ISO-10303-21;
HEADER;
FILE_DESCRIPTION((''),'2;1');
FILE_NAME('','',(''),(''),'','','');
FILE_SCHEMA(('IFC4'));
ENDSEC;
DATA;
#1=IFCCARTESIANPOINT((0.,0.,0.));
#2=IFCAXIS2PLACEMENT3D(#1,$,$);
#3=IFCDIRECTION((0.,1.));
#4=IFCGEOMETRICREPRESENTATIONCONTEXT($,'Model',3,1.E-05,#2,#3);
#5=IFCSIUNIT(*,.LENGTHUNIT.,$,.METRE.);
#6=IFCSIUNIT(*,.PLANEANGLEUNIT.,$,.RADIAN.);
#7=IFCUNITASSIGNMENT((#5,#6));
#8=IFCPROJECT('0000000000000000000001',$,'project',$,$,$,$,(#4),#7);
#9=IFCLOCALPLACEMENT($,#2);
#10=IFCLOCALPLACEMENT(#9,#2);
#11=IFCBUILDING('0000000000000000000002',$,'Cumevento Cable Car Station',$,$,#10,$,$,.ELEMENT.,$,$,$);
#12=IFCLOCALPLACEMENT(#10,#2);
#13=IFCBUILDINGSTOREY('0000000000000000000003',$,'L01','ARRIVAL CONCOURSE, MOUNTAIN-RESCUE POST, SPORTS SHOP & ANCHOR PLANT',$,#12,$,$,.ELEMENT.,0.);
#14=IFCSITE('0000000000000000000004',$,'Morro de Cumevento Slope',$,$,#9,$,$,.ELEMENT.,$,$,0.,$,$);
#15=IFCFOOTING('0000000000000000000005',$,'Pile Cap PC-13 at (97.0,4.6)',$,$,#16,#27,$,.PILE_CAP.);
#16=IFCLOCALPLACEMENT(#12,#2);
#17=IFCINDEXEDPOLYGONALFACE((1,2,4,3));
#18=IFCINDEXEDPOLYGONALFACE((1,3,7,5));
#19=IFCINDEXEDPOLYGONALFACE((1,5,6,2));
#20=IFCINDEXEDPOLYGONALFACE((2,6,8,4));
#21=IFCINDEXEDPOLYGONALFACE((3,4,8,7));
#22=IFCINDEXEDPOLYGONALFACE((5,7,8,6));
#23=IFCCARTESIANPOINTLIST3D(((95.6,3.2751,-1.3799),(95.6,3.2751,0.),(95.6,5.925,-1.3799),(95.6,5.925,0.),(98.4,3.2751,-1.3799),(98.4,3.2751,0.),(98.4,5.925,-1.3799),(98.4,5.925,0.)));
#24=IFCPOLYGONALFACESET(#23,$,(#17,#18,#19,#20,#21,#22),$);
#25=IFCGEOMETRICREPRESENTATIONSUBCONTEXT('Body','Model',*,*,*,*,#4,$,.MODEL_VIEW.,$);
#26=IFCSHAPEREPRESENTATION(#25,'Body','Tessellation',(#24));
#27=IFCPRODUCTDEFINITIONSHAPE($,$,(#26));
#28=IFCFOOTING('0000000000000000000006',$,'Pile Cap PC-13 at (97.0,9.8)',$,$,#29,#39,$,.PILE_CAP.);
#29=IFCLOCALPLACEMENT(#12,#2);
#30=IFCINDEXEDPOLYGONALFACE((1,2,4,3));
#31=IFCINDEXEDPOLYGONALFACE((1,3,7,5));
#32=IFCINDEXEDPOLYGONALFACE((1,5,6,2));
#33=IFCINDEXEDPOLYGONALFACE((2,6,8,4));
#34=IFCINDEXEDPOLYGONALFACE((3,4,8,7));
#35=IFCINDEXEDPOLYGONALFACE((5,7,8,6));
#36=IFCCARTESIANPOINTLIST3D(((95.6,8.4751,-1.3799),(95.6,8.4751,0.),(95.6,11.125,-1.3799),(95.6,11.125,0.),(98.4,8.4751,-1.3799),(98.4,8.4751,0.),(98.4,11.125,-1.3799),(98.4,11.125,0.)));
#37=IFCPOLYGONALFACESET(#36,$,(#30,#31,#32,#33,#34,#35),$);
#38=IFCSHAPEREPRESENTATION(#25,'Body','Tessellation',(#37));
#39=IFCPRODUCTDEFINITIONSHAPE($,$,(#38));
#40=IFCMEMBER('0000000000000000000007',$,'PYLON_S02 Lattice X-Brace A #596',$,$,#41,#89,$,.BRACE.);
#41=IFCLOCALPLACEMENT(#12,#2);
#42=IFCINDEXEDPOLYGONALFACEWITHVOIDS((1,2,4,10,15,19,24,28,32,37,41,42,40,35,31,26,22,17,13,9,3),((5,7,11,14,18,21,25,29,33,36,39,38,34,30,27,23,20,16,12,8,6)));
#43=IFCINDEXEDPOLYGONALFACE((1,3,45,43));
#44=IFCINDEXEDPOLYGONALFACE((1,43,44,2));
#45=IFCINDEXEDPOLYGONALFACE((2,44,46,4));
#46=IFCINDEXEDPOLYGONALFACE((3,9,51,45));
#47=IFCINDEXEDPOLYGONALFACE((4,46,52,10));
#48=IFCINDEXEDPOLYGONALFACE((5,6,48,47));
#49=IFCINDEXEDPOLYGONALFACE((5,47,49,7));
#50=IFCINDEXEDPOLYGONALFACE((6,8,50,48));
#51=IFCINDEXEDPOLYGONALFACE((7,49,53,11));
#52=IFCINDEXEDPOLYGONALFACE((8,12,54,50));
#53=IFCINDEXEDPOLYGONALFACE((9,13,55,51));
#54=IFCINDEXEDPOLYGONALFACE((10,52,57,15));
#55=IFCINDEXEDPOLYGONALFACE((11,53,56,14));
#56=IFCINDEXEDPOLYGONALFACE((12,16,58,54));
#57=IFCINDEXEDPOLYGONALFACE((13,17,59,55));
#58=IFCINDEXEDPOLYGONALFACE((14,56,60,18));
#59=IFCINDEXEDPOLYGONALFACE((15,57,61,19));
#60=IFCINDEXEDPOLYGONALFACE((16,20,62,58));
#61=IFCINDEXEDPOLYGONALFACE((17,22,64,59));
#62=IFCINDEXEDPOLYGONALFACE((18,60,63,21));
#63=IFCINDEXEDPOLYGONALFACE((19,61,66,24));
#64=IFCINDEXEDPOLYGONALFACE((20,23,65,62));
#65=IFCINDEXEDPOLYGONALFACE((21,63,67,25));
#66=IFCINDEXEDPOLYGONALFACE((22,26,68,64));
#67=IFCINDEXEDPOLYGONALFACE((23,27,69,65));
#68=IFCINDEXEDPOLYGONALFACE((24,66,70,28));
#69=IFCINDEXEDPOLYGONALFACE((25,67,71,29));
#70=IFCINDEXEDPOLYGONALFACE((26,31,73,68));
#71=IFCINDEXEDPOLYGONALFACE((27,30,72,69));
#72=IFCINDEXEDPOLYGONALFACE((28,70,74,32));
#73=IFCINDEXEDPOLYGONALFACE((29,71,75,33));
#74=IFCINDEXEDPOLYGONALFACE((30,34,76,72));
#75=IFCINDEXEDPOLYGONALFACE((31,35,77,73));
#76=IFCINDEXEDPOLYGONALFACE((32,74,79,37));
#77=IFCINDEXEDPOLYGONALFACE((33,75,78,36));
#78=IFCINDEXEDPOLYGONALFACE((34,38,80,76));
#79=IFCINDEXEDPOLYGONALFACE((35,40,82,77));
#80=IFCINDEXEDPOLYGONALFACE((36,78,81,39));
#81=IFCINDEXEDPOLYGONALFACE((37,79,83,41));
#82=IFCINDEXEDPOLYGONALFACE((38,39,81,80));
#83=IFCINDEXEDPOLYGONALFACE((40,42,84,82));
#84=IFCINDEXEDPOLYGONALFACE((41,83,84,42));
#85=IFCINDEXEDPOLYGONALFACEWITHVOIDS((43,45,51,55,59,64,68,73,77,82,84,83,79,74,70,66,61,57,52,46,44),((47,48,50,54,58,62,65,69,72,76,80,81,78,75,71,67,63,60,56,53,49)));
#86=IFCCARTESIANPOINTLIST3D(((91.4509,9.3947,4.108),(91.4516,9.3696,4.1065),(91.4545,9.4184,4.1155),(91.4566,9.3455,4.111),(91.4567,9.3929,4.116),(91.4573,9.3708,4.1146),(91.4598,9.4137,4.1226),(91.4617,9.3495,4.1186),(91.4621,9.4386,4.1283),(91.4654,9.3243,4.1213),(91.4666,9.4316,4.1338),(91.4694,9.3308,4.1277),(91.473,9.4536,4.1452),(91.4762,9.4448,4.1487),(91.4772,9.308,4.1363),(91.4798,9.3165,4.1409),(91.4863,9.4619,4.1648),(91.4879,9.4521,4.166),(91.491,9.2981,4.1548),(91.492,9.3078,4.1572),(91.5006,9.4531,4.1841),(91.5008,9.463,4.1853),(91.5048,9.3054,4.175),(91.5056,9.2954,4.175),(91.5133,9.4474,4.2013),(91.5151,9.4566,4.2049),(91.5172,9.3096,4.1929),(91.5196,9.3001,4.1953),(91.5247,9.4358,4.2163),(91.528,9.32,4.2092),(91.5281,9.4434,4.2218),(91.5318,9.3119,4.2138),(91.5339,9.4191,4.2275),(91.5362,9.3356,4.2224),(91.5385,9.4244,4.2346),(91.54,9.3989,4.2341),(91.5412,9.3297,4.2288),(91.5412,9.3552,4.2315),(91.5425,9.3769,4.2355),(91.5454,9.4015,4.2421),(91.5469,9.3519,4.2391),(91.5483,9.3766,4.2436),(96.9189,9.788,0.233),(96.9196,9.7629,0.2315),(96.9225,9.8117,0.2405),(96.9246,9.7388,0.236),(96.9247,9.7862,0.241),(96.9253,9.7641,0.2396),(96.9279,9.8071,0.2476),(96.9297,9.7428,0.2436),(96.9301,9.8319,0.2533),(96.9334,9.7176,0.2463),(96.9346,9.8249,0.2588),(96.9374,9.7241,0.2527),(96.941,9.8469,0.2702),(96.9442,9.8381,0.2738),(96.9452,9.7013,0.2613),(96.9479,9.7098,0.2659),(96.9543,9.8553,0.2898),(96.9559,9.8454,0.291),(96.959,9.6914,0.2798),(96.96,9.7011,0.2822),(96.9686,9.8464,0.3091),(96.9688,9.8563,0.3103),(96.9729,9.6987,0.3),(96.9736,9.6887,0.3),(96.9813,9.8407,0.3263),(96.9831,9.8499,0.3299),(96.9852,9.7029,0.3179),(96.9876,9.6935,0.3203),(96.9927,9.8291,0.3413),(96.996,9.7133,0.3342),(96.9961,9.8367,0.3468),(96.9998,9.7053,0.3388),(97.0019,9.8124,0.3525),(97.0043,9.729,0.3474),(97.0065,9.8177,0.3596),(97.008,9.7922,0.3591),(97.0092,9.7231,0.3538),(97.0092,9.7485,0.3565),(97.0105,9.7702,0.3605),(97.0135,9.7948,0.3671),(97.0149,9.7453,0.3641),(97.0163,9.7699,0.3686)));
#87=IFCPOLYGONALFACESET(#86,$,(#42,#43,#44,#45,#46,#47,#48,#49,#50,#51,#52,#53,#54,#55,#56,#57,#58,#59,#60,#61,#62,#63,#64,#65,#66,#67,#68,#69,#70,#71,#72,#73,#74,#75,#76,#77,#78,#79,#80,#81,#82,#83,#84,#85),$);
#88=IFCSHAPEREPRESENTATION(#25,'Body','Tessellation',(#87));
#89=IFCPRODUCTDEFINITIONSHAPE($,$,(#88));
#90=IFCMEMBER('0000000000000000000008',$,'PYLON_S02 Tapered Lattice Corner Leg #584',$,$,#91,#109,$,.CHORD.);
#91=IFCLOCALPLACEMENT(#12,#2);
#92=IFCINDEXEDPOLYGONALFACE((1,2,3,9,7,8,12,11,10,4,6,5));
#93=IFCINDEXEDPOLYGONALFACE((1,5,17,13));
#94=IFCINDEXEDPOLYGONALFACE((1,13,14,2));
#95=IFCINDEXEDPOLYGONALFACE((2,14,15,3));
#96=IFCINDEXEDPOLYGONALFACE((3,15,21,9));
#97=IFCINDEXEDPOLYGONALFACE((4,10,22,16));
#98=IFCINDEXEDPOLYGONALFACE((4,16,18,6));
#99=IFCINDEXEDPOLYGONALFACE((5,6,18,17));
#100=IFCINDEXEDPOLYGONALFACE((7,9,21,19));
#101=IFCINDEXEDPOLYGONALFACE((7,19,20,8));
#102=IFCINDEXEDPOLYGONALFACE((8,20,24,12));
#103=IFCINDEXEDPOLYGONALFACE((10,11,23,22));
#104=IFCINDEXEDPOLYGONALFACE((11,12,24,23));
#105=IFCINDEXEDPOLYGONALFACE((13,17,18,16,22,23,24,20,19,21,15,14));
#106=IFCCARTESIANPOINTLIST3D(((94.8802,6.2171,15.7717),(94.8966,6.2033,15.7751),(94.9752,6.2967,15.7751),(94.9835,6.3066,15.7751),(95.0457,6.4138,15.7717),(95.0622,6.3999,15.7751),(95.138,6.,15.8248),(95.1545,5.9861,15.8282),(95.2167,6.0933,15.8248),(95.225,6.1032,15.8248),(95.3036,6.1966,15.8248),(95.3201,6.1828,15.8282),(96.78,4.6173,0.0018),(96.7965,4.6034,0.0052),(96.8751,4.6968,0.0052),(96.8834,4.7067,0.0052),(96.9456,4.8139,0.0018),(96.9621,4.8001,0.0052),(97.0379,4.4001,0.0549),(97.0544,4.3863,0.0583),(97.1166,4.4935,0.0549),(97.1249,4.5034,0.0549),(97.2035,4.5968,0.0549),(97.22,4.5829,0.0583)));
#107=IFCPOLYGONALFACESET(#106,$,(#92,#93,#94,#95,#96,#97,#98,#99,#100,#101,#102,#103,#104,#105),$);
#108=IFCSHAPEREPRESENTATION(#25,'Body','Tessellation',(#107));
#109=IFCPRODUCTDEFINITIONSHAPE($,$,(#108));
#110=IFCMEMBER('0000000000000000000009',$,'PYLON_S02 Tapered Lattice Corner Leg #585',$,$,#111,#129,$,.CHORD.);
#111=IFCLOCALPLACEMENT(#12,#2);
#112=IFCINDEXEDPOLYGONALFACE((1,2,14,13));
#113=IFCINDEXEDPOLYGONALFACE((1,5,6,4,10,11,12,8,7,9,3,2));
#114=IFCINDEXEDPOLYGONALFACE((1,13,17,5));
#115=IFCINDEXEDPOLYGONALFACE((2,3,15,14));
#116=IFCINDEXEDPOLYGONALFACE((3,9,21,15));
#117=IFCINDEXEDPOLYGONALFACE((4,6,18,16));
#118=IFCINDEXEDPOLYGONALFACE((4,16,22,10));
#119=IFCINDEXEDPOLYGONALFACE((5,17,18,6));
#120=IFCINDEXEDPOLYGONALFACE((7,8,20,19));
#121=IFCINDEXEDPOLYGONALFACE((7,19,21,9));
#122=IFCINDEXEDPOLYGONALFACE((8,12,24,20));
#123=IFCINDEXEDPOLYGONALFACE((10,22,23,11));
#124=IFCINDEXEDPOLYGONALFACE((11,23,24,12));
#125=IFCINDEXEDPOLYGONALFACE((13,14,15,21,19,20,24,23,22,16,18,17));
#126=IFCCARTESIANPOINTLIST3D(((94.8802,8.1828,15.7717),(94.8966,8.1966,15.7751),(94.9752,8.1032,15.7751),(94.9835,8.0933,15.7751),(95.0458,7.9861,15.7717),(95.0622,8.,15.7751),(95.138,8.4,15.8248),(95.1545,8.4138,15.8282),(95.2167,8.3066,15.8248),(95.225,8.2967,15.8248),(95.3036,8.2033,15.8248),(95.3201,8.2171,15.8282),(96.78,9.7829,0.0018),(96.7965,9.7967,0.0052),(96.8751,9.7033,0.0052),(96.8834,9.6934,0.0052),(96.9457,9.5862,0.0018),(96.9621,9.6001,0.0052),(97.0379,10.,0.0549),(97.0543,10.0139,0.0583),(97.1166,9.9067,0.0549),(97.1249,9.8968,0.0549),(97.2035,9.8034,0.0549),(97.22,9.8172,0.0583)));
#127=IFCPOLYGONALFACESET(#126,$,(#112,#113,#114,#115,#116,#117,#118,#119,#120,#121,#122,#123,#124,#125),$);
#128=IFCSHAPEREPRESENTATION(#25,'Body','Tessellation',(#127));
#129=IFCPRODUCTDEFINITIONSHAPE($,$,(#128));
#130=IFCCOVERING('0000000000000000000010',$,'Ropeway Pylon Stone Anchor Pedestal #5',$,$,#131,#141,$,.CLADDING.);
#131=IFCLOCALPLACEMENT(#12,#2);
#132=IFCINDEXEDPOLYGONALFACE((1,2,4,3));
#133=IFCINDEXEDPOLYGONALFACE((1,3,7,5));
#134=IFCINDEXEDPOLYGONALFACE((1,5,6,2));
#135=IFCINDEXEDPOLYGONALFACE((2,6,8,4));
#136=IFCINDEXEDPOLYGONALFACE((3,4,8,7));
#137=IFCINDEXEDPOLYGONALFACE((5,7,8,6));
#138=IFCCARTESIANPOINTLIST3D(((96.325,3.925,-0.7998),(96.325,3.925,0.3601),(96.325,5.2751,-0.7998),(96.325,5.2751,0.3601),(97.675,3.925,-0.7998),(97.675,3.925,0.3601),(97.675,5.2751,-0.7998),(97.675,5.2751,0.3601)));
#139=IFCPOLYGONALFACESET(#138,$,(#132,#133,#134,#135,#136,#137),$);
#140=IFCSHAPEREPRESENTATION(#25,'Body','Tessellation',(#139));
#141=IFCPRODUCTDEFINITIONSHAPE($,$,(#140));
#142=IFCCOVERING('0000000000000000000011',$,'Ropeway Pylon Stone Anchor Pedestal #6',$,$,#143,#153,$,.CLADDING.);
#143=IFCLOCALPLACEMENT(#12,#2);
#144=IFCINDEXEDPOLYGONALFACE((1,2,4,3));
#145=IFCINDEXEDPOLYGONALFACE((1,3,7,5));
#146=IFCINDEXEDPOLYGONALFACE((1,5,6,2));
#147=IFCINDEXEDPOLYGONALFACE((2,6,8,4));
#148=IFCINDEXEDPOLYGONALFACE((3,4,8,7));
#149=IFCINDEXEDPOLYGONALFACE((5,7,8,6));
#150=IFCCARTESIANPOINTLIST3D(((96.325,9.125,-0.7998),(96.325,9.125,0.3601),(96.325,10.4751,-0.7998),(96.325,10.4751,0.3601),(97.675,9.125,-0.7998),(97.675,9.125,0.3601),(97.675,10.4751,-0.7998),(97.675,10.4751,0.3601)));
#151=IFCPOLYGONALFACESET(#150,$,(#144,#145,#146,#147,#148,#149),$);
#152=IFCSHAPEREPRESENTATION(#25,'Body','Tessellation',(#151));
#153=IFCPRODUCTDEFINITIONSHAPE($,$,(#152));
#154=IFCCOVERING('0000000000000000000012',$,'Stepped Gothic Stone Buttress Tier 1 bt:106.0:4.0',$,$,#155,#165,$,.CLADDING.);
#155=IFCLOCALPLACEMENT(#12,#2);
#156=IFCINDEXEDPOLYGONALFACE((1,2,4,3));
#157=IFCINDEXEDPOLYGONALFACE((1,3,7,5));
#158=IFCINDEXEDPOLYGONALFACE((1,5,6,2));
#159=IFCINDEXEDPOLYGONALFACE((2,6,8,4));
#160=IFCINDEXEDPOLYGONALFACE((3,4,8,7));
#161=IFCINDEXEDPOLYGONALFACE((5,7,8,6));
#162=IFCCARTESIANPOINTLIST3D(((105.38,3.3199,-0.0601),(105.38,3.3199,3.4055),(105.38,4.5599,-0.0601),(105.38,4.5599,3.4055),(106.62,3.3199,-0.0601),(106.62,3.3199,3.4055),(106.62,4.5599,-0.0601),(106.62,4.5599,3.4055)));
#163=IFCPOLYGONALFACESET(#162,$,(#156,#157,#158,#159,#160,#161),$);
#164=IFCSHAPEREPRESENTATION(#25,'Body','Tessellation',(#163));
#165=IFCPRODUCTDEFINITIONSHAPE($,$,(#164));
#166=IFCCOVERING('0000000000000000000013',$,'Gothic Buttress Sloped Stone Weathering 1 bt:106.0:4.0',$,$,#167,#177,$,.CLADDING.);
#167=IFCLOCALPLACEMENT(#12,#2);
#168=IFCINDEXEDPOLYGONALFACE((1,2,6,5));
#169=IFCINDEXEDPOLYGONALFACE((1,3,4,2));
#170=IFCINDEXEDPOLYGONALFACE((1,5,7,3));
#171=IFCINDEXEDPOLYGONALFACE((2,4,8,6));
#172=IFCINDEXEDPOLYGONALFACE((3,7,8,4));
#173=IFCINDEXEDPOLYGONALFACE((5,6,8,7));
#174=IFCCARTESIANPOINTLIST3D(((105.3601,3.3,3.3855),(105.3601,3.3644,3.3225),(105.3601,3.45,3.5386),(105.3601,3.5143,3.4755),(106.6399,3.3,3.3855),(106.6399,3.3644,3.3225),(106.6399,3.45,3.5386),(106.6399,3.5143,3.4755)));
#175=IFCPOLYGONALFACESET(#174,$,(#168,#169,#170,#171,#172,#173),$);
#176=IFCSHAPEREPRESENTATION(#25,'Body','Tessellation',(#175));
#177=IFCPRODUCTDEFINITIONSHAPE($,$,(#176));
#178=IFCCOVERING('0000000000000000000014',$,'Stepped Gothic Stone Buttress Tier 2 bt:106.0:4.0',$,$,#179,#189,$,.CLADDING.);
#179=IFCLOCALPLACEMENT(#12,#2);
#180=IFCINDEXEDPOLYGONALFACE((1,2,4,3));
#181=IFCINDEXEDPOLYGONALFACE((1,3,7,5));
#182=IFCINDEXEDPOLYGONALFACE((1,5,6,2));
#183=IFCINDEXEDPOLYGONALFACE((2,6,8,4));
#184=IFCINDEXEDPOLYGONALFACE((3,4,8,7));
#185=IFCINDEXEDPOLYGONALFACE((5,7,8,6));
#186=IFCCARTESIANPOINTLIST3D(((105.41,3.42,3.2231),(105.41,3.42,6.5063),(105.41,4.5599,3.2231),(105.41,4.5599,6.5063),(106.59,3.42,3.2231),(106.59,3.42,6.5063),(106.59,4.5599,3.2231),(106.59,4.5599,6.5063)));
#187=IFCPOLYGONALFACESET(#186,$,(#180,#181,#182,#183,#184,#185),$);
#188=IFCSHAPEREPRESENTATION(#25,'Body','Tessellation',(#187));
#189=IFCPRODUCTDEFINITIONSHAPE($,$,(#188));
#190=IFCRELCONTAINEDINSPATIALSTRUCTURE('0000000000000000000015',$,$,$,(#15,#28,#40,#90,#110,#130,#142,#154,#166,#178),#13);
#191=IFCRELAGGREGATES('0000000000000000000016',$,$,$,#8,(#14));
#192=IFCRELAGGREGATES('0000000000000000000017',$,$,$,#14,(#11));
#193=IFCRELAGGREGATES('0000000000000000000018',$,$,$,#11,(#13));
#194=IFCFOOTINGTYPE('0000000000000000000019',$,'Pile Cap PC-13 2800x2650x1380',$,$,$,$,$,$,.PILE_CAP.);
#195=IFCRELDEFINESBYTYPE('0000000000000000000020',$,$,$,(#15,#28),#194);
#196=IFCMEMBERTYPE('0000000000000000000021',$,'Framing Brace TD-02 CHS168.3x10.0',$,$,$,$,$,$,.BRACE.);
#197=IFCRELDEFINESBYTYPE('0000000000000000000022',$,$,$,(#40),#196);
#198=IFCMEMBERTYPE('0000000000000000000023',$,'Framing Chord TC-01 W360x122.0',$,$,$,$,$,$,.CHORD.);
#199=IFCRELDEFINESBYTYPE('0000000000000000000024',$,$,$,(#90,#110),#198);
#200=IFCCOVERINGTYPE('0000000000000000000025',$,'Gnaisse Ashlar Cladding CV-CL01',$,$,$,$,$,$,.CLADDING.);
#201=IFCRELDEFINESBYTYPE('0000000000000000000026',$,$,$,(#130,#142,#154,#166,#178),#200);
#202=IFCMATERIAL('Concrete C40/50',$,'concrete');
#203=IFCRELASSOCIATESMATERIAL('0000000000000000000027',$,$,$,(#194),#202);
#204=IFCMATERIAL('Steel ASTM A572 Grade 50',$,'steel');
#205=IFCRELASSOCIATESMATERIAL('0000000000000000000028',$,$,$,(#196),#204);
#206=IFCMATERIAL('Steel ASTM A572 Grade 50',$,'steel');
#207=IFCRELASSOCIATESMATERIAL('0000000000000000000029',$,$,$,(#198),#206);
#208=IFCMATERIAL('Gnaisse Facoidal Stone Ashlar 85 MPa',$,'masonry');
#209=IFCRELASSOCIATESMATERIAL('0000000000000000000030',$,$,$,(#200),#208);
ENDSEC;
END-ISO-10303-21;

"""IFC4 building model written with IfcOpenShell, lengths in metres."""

from ifc_helpers import new_model, si_unit, direction, frame, origin, origin_2d, place, context, subcontext, project, spatial, polyline, rectangle, hollow_circle, i_section, outline, extrude, material, material_profile, profile_set, type_object, element, save


model = new_model("IFC4")

# Units and contexts
model_context = context("Model", 3, precision=1e-05, world=origin(), true_north=direction((0.0, 1.0)))
body_context = subcontext(model_context, "Body", "Model", "MODEL_VIEW")
ifc_project = project(units=[si_unit("LENGTHUNIT", "METRE"), si_unit("PLANEANGLEUNIT", "RADIAN")], contexts=[model_context])

# Site, building, storey
site_placement = place(None, origin())
site = spatial("IfcSite", under=ifc_project, at=site_placement, Name="Morro de Cumevento Slope", CompositionType="ELEMENT", RefElevation=0.0)
building_placement = place(site_placement, origin())
building = spatial("IfcBuilding", under=site, at=building_placement, Name="Cumevento Cable Car Station", CompositionType="ELEMENT")
storey_placement = place(building_placement, origin())
storey = spatial("IfcBuildingStorey", under=building, at=storey_placement, Name="L01", Description="ARRIVAL CONCOURSE, MOUNTAIN-RESCUE POST, SPORTS SHOP & ANCHOR PLANT", CompositionType="ELEMENT", Elevation=0.0)

# Footings
ifc_material_1 = material(Name="Concrete C40/50", Category="concrete")
footing_type = type_object("IfcFootingType", Name="Pile Cap PC-13 2800x2650x1380", PredefinedType="PILE_CAP", material=ifc_material_1)
for number, where, z_axis, x_axis, name in (
    (1, (97.0, 4.6001, -1.3799), (0.0, 0.0, 1.0), (1.0, 0.0, 0.0), "Pile Cap PC-13 at (97.0,4.6)"),
    (2, (97.0, 9.8, -1.3799), (0.0, 0.0, 1.0), (1.0, 0.0, 0.0), "Pile Cap PC-13 at (97.0,9.8)"),
):
    element("IfcFooting", number, at=place(storey_placement, frame(where, z_axis=z_axis, x_axis=x_axis)), inside=storey, type_object=footing_type, Name=name, PredefinedType="PILE_CAP", context=body_context, shape_type="SweptSolid", body=[
        extrude(rectangle(XDim=2.8, YDim=2.6499, at=origin_2d()), origin(), (0.0, 0.0, 1.0), 1.3799),
    ])

# Members
ifc_material_2 = material(Name="Steel ASTM A572 Grade 50", Category="steel")
ifc_material_profile_1 = material_profile(ifc_material_2, hollow_circle(Radius=0.0842, WallThickness=0.01, at=origin_2d()), Name="CHS168.3x10.0")
ifc_profile_set_1 = profile_set([ifc_material_profile_1], Name="Steel ASTM A572 Grade 50")
member_type_1 = type_object("IfcMemberType", Name="Framing Brace TD-02 CHS168.3x10.0", PredefinedType="BRACE", material=ifc_profile_set_1)
member_placement = place(storey_placement, frame((96.9675, 9.7727, 0.3), z_axis=(-0.814495, -0.058586, 0.577205), x_axis=(0.071744, -0.997423, 0.0)))
element("IfcMember", 3, at=member_placement, inside=storey, type_object=member_type_1, Name="PYLON_S02 Lattice X-Brace A #596", PredefinedType="BRACE", context=body_context, shape_type="SweptSolid", body=[
    extrude(hollow_circle(Radius=0.0842, WallThickness=0.01, at=origin_2d()), origin(), (0.0, 0.0, 1.0), 6.7134),
])
ifc_material_3 = material(Name="Steel ASTM A572 Grade 50", Category="steel")
ifc_material_profile_2 = material_profile(ifc_material_3, i_section(OverallWidth=0.2571, OverallDepth=0.363, WebThickness=0.0129, FlangeThickness=0.0217, at=origin_2d()), Name="W360x122.0")
ifc_profile_set_2 = profile_set([ifc_material_profile_2], Name="Steel ASTM A572 Grade 50")
member_type_2 = type_object("IfcMemberType", Name="Framing Chord TC-01 W360x122.0", PredefinedType="CHORD", material=ifc_profile_set_2)
for number, where, z_axis, x_axis, name in (
    (4, (97.0, 4.6001, 0.03), (-0.119009, 0.100214, 0.987823), (-0.644121, -0.764924, 0.0), "PYLON_S02 Tapered Lattice Corner Leg #584"),
    (5, (97.0, 9.8, 0.03), (-0.119008, -0.100229, 0.987821), (0.644178, -0.764876, 0.0), "PYLON_S02 Tapered Lattice Corner Leg #585"),
):
    element("IfcMember", number, at=place(storey_placement, frame(where, z_axis=z_axis, x_axis=x_axis)), inside=storey, type_object=member_type_2, Name=name, PredefinedType="CHORD", context=body_context, shape_type="SweptSolid", body=[
        extrude(i_section(OverallWidth=0.2571, OverallDepth=0.363, WebThickness=0.0129, FlangeThickness=0.0217, at=origin_2d()), origin(), (0.0, 0.0, 1.0), 15.9644),
    ])

# Coverings
ifc_material_4 = material(Name="Gnaisse Facoidal Stone Ashlar 85 MPa", Category="masonry")
covering_type = type_object("IfcCoveringType", Name="Gnaisse Ashlar Cladding CV-CL01", PredefinedType="CLADDING", material=ifc_material_4)
for number, where, z_axis, x_axis, name in (
    (6, (97.0, 4.6001, -0.7998), (0.0, 0.0, 1.0), (1.0, 0.0, 0.0), "Ropeway Pylon Stone Anchor Pedestal #5"),
    (7, (97.0, 9.8, -0.7998), (0.0, 0.0, 1.0), (1.0, 0.0, 0.0), "Ropeway Pylon Stone Anchor Pedestal #6"),
):
    element("IfcCovering", number, at=place(storey_placement, frame(where, z_axis=z_axis, x_axis=x_axis)), inside=storey, type_object=covering_type, Name=name, PredefinedType="CLADDING", context=body_context, shape_type="SweptSolid", body=[
        extrude(rectangle(XDim=1.3501, YDim=1.3501, at=origin_2d()), origin(), (0.0, 0.0, 1.0), 1.1599),
    ])
covering_1_placement = place(storey_placement, frame((106.0, 3.9399, -0.0601), z_axis=(0.0, 0.0, 1.0), x_axis=(1.0, 0.0, 0.0)))
element("IfcCovering", 8, at=covering_1_placement, inside=storey, type_object=covering_type, Name="Stepped Gothic Stone Buttress Tier 1 bt:106.0:4.0", PredefinedType="CLADDING", context=body_context, shape_type="SweptSolid", body=[
    extrude(rectangle(XDim=1.24, YDim=1.24, at=origin_2d()), origin(), (0.0, 0.0, 1.0), 3.4656),
])
covering_2_placement = place(storey_placement, frame((105.3601, 3.3, 3.3855), z_axis=(0.0, -0.714475, 0.699661), x_axis=(1.0, 0.0, 0.0)))
element("IfcCovering", 9, at=covering_2_placement, inside=storey, type_object=covering_type, Name="Gothic Buttress Sloped Stone Weathering 1 bt:106.0:4.0", PredefinedType="CLADDING", context=body_context, shape_type="SweptSolid", body=[
    extrude(outline(polyline([(0.0, 0.0), (1.2798, 0.0), (1.2798, 0.2142), (0.0, 0.2142), (0.0, 0.0)])), origin(), (0.0, 0.0, -1.0), 0.0901),
])
covering_3_placement = place(storey_placement, frame((106.0, 3.99, 3.2231), z_axis=(0.0, 0.0, 1.0), x_axis=(1.0, 0.0, 0.0)))
element("IfcCovering", 10, at=covering_3_placement, inside=storey, type_object=covering_type, Name="Stepped Gothic Stone Buttress Tier 2 bt:106.0:4.0", PredefinedType="CLADDING", context=body_context, shape_type="SweptSolid", body=[
    extrude(rectangle(XDim=1.1799, YDim=1.1399, at=origin_2d()), origin(), (0.0, 0.0, 1.0), 3.2832),
])

save(model, "model.ifc")
